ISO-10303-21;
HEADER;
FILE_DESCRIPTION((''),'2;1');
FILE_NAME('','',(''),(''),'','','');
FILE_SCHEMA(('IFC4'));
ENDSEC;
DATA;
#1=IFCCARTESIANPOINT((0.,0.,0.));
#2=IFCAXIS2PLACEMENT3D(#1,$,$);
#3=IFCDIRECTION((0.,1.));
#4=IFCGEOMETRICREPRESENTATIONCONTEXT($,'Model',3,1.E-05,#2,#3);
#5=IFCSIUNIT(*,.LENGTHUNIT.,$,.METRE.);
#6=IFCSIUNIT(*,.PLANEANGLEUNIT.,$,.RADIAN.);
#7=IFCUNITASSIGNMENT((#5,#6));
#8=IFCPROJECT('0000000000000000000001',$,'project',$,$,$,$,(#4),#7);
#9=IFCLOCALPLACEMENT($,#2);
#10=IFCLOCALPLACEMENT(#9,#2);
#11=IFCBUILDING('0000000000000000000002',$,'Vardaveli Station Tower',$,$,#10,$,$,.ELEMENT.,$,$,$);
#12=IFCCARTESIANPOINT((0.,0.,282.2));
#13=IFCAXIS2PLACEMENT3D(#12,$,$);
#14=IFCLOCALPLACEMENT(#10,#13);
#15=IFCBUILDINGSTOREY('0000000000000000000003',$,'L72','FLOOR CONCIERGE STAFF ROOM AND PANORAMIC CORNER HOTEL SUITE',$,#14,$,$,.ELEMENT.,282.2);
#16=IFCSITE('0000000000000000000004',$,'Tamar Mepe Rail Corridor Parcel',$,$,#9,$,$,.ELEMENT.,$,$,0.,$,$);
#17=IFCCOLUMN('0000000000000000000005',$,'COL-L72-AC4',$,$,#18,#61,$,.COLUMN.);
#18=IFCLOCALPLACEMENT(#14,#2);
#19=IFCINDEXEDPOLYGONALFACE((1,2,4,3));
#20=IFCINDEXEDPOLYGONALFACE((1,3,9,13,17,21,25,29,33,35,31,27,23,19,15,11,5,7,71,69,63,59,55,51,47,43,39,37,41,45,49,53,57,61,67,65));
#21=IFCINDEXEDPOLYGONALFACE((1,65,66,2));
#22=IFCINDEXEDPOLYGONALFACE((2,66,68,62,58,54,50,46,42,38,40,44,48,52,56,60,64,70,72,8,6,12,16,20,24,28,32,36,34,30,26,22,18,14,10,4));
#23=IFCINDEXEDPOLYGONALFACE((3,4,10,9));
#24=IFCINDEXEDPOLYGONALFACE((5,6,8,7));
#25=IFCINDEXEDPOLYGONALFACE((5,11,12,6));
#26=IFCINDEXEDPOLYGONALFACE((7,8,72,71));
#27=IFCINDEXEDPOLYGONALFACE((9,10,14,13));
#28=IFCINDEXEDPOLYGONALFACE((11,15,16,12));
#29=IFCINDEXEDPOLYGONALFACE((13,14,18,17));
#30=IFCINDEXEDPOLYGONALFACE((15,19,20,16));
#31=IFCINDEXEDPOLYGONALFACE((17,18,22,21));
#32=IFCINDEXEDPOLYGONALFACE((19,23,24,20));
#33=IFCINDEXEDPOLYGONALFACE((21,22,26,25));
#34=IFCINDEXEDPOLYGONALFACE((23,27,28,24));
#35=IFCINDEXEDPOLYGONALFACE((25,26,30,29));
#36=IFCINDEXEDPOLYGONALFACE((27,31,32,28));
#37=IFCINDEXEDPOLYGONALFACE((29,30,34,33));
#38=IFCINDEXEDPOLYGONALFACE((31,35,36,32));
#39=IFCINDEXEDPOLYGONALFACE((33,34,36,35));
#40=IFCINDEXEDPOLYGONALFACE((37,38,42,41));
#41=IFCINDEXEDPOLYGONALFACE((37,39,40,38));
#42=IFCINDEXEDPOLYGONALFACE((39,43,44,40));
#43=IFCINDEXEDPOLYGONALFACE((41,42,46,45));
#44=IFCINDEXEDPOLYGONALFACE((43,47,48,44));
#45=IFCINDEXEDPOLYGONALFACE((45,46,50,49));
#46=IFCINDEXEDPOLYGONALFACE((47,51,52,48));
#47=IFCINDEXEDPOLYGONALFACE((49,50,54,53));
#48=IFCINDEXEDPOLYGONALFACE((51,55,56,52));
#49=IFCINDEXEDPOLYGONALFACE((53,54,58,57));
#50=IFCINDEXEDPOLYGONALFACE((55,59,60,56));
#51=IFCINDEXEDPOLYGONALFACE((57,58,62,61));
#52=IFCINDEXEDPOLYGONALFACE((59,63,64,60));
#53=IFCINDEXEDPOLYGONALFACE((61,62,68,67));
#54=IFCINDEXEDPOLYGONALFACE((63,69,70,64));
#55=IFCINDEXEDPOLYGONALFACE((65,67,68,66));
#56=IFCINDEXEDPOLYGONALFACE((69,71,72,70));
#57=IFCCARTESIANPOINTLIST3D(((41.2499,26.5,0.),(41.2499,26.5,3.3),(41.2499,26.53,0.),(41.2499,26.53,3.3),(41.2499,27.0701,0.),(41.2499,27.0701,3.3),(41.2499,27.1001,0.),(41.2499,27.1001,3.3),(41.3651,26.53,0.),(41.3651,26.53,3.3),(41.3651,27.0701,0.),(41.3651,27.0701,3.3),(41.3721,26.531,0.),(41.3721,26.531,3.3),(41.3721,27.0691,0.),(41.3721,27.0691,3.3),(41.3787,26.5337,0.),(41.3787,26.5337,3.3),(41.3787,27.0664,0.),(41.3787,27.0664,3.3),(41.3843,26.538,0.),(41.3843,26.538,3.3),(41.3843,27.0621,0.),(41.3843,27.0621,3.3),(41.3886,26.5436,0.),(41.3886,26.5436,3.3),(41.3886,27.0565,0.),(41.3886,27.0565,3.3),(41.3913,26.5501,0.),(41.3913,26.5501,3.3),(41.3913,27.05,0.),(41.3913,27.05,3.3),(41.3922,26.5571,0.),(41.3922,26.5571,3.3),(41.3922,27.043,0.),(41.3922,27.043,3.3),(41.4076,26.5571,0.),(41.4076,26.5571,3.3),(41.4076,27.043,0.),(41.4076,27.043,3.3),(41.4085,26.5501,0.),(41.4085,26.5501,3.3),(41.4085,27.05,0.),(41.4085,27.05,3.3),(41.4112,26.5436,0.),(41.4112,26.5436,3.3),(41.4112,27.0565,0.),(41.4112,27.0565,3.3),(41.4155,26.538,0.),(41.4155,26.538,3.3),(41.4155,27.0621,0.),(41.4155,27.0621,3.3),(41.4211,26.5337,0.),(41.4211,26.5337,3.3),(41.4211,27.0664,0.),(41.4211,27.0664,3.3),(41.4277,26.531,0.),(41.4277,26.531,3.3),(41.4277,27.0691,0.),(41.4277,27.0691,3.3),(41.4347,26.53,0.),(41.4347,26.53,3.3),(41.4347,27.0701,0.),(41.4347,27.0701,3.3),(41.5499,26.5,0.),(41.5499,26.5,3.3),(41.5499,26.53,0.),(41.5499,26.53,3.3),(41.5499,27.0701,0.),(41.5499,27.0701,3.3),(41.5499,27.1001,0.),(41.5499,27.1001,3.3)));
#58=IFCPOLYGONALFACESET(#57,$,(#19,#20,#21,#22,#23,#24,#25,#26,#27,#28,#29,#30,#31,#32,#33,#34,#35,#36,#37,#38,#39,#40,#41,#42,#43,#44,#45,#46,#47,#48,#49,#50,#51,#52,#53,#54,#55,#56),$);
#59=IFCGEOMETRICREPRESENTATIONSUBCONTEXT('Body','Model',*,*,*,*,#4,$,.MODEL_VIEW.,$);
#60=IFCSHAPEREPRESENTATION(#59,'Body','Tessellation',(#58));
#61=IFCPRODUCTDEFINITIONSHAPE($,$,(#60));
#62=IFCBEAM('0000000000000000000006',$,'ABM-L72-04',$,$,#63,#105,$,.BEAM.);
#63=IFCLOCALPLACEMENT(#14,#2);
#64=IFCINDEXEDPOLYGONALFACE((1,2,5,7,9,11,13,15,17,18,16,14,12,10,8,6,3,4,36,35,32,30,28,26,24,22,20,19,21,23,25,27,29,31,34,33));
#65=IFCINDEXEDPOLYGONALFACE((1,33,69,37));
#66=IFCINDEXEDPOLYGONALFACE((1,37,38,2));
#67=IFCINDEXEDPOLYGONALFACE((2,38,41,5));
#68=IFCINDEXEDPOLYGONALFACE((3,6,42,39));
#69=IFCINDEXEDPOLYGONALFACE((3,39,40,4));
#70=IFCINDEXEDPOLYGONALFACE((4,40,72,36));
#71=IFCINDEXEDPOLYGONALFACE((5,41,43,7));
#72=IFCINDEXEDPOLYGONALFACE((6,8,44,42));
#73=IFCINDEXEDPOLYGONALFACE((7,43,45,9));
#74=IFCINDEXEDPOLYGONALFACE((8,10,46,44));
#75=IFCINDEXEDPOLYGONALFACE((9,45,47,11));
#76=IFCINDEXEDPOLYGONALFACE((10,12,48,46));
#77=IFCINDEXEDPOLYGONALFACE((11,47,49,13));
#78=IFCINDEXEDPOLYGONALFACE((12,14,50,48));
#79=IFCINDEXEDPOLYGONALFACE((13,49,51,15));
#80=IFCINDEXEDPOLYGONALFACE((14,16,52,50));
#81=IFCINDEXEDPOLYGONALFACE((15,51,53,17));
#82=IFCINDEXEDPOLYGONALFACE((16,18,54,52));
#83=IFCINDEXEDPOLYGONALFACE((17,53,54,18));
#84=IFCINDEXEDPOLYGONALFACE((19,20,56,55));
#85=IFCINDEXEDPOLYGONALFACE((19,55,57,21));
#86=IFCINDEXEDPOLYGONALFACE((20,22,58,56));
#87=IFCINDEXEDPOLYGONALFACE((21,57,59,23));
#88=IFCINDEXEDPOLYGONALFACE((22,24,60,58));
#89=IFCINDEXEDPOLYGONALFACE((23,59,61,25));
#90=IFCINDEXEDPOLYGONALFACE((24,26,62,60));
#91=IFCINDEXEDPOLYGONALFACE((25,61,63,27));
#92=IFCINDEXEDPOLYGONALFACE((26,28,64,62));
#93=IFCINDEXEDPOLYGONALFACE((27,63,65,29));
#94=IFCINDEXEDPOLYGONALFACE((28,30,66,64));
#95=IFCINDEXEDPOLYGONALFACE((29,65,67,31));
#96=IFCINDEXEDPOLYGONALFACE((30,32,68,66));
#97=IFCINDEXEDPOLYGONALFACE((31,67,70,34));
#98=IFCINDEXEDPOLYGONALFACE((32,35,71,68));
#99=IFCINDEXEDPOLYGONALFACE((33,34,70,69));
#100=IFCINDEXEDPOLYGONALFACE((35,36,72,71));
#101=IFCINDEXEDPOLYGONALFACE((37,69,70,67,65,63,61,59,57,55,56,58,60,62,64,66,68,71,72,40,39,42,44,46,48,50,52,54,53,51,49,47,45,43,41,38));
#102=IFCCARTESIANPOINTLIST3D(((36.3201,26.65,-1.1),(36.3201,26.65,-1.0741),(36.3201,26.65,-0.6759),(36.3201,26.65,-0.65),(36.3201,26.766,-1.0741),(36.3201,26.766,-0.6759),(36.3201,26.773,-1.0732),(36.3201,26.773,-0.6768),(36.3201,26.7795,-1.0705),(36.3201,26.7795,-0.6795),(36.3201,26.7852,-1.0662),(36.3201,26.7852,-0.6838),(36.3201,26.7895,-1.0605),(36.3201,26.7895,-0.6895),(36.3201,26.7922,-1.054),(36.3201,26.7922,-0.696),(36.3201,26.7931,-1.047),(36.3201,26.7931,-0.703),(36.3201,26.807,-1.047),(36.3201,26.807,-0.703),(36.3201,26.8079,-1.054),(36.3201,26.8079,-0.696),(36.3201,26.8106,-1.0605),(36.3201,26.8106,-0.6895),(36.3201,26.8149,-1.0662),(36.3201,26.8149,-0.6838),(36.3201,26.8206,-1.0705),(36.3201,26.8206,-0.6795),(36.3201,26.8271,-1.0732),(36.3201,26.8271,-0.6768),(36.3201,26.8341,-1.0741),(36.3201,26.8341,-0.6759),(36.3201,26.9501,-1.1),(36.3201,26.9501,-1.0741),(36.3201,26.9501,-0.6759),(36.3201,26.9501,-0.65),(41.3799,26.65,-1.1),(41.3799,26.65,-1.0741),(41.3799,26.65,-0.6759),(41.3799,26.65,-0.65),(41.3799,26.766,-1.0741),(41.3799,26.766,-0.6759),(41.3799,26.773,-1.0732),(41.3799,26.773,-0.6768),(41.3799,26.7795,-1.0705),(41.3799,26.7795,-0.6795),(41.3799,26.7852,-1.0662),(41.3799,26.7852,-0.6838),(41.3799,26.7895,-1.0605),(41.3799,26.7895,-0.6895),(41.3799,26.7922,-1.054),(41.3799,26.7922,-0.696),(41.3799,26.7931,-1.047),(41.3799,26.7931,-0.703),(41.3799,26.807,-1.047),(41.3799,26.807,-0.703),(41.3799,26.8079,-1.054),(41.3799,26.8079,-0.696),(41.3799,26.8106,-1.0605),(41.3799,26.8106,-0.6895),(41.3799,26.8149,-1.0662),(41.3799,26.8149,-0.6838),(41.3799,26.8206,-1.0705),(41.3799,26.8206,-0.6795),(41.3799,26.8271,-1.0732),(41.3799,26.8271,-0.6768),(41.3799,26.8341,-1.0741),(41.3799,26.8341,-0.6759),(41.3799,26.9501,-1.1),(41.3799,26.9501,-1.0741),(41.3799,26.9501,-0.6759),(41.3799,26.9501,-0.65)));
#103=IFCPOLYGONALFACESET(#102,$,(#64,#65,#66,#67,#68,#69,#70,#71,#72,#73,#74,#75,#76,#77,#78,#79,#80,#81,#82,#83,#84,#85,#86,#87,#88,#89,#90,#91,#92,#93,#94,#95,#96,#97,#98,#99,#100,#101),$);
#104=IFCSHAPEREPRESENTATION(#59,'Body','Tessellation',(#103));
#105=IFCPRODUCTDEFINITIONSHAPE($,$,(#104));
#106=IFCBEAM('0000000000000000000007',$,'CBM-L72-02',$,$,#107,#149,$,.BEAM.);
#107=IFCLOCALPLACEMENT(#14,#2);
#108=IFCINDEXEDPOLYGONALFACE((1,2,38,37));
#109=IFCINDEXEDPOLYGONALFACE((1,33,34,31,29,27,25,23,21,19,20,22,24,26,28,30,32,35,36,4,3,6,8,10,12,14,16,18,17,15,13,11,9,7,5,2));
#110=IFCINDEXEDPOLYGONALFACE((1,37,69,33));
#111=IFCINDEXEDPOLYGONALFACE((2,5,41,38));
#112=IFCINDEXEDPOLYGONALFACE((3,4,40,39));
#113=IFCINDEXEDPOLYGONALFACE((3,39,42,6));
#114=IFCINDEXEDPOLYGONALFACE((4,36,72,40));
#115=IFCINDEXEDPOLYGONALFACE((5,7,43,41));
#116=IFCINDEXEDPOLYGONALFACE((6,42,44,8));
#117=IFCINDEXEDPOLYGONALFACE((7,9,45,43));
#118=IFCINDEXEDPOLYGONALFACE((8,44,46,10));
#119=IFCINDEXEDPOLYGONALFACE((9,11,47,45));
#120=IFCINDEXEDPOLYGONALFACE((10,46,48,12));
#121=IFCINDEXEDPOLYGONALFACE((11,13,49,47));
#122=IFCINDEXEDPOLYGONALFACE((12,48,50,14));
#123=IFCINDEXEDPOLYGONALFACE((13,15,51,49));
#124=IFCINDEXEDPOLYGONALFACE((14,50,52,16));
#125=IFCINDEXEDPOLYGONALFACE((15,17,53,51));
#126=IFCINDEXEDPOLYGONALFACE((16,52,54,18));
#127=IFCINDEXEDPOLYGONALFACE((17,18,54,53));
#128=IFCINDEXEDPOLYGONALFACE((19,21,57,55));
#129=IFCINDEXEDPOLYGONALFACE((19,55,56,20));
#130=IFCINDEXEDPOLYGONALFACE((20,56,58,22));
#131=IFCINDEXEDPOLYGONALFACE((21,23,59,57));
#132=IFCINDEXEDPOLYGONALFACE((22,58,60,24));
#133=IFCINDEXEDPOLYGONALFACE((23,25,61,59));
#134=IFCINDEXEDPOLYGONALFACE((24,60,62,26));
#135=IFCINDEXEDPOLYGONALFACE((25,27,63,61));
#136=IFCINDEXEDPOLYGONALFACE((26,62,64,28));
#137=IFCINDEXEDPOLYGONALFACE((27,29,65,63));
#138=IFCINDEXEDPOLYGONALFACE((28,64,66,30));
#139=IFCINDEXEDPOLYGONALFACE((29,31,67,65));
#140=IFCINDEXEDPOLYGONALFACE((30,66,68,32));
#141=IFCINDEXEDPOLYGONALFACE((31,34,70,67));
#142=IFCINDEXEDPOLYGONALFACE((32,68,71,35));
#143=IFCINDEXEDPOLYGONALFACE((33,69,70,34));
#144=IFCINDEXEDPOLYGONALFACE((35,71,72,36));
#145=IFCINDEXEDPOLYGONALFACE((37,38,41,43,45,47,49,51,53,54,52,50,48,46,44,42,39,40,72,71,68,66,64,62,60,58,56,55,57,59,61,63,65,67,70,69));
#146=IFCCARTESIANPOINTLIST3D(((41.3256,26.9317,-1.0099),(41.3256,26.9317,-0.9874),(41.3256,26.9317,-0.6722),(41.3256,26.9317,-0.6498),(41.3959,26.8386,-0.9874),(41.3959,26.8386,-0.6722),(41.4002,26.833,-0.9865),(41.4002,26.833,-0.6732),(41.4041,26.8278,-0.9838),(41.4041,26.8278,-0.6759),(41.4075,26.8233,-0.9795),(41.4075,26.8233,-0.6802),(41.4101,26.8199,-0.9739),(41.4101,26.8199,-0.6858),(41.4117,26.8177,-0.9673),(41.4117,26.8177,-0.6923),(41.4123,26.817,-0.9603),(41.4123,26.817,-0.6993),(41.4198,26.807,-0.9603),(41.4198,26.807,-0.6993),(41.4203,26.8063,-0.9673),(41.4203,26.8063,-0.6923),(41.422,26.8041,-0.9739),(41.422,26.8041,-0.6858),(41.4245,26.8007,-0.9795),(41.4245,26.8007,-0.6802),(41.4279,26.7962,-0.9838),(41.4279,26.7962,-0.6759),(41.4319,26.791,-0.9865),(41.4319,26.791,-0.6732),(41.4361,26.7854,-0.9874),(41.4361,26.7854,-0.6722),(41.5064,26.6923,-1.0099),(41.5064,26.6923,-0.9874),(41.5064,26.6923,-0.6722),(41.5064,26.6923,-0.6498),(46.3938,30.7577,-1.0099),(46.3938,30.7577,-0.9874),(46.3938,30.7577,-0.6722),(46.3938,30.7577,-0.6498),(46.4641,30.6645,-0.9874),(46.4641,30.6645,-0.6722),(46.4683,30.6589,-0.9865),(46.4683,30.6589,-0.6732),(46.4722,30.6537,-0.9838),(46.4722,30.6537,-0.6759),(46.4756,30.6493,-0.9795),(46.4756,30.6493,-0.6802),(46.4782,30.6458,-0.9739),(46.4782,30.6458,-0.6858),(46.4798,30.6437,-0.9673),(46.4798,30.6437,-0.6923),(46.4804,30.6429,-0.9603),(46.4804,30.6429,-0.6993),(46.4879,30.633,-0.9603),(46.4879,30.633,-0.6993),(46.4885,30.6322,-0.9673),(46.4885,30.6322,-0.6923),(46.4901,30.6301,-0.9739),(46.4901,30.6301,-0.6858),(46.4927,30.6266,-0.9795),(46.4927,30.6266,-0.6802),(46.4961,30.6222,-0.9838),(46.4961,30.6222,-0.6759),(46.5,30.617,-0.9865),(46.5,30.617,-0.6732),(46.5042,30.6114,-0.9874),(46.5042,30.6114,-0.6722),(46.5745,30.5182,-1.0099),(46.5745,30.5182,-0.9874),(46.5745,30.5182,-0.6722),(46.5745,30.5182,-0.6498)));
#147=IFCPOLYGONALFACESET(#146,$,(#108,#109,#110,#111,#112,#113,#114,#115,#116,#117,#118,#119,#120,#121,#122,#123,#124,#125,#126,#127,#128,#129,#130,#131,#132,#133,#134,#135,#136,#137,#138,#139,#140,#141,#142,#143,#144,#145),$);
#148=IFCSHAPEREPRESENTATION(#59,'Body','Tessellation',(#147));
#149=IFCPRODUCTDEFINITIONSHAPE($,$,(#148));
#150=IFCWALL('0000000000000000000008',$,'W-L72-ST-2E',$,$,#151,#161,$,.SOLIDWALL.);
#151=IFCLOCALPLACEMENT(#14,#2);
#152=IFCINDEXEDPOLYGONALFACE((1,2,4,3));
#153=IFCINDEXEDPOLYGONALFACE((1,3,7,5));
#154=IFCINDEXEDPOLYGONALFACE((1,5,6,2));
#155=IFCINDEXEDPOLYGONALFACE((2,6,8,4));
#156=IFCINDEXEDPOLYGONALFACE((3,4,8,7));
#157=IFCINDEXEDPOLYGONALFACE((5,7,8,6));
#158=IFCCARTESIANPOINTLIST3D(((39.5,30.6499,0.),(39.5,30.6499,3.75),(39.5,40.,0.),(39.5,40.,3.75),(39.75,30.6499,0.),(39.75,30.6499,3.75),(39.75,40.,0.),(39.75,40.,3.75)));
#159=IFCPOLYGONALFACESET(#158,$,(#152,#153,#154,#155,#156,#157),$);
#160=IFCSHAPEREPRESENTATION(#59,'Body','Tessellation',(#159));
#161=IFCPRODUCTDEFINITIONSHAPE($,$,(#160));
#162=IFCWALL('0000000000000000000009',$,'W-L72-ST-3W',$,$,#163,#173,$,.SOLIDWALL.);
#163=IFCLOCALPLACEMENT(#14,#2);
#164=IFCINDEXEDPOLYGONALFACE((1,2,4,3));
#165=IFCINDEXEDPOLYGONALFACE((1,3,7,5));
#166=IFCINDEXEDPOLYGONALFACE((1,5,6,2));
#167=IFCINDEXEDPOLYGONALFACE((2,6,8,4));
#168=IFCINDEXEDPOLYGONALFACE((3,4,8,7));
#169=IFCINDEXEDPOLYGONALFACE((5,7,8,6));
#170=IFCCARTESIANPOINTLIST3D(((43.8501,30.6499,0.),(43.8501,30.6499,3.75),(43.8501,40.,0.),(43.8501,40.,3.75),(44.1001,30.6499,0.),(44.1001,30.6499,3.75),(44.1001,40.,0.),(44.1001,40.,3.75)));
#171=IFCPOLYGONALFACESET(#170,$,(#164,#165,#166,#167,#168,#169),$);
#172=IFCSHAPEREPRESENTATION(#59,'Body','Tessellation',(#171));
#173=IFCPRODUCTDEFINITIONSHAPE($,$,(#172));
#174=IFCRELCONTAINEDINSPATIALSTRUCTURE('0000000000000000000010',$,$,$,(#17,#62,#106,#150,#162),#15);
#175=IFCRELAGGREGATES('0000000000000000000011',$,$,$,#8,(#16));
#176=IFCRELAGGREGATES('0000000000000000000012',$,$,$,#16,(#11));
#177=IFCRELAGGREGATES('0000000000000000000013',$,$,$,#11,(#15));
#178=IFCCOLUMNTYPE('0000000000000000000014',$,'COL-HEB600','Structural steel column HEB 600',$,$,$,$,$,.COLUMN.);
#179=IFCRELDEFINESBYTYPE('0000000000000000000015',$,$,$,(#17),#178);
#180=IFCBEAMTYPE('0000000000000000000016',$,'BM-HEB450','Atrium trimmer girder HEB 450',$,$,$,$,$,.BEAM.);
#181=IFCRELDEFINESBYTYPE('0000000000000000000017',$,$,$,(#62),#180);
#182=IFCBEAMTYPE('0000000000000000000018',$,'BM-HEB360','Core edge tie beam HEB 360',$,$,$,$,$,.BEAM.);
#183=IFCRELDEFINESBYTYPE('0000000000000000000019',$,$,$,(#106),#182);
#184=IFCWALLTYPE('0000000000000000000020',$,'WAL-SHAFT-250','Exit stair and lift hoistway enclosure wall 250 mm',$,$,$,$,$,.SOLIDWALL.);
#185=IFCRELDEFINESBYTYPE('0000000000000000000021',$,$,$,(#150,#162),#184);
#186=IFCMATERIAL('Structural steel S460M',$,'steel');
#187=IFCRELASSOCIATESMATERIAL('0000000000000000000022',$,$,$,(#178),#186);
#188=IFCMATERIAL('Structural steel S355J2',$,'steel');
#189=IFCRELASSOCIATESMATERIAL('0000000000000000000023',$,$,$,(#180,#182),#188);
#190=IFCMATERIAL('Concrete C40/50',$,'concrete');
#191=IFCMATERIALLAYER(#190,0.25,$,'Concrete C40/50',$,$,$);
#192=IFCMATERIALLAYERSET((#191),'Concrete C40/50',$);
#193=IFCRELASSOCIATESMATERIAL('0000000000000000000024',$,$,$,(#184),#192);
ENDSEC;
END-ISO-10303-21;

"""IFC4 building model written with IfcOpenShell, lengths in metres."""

from ifc_helpers import new_model, si_unit, direction, frame, frame_2d, origin, origin_2d, place, context, subcontext, project, spatial, rectangle, i_section, extrude, source, transform, mapped, material, layer, layer_set, material_profile, profile_set, type_object, element, save


model = new_model("IFC4")

# Units and contexts
model_context = context("Model", 3, precision=1e-05, world=origin(), true_north=direction((0.0, 1.0)))
body_context = subcontext(model_context, "Body", "Model", "MODEL_VIEW")
ifc_project = project(units=[si_unit("LENGTHUNIT", "METRE"), si_unit("PLANEANGLEUNIT", "RADIAN")], contexts=[model_context])

# Site, building, storey
site_placement = place(None, origin())
site = spatial("IfcSite", under=ifc_project, at=site_placement, Name="Tamar Mepe Rail Corridor Parcel", CompositionType="ELEMENT", RefElevation=0.0)
building_placement = place(site_placement, origin())
building = spatial("IfcBuilding", under=site, at=building_placement, Name="Vardaveli Station Tower", CompositionType="ELEMENT")
storey_placement = place(building_placement, frame((0.0, 0.0, 282.2)))
storey = spatial("IfcBuildingStorey", under=building, at=storey_placement, Name="L72", Description="FLOOR CONCIERGE STAFF ROOM AND PANORAMIC CORNER HOTEL SUITE", CompositionType="ELEMENT", Elevation=282.2)

# Column
ifc_material_1 = material(Name="Structural steel S460M", Category="steel")
ifc_material_profile_1 = material_profile(ifc_material_1, i_section(OverallWidth=0.3, OverallDepth=0.6001, WebThickness=0.0154, FlangeThickness=0.03, FilletRadius=0.0271, at=origin_2d()), Name="HEB 600")
ifc_profile_set_1 = profile_set([ifc_material_profile_1], Name="Structural steel S460M")
column_type = type_object("IfcColumnType", Name="COL-HEB600", Description="Structural steel column HEB 600", PredefinedType="COLUMN", material=ifc_profile_set_1)
shared_shape_1 = source(origin(), body_context, "Body", "SweptSolid", [
    extrude(i_section(OverallWidth=0.3, OverallDepth=0.6001, WebThickness=0.0154, FlangeThickness=0.03, FilletRadius=0.0271, at=origin_2d()), origin(), (0.0, 0.0, 1.0), 3.3),
])
column_placement = place(storey_placement, frame((41.3999, 26.8, 0.0), z_axis=(0.0, 0.0, 1.0), x_axis=(1.0, 0.0, 0.0)))
element("IfcColumn", 1, at=column_placement, inside=storey, type_object=column_type, Name="COL-L72-AC4", PredefinedType="COLUMN", context=body_context, shape_type="MappedRepresentation", body=[
    mapped(shared_shape_1, transform((0.0, 0.0, 0.0), scale=1.0)),
])

# Beams
ifc_material_2 = material(Name="Structural steel S355J2", Category="steel")
ifc_material_profile_2 = material_profile(ifc_material_2, i_section(OverallWidth=0.3, OverallDepth=0.45, WebThickness=0.0139, FlangeThickness=0.0259, FilletRadius=0.0271, at=origin_2d()), Name="HEB 450")
ifc_profile_set_2 = profile_set([ifc_material_profile_2], Name="Structural steel S355J2")
beam_type_1 = type_object("IfcBeamType", Name="BM-HEB450", Description="Atrium trimmer girder HEB 450", PredefinedType="BEAM", material=ifc_profile_set_2)
shared_shape_2 = source(origin(), body_context, "Body", "SweptSolid", [
    extrude(i_section(OverallWidth=0.3, OverallDepth=0.45, WebThickness=0.0139, FlangeThickness=0.0259, FilletRadius=0.0271, at=origin_2d()), origin(), (0.0, 0.0, 1.0), 5.0598),
])
beam_1_placement = place(storey_placement, frame((41.3799, 26.8, -0.875), z_axis=(-1.0, 0.0, 0.0), x_axis=(0.0, -1.0, 0.0)))
element("IfcBeam", 2, at=beam_1_placement, inside=storey, type_object=beam_type_1, Name="ABM-L72-04", PredefinedType="BEAM", context=body_context, shape_type="MappedRepresentation", body=[
    mapped(shared_shape_2, transform((0.0, 0.0, 0.0), scale=1.0)),
])
ifc_material_profile_3 = material_profile(ifc_material_2, i_section(OverallWidth=0.3, OverallDepth=0.3601, WebThickness=0.0125, FlangeThickness=0.0225, FilletRadius=0.0271, at=origin_2d()), Name="HEB 360")
ifc_profile_set_3 = profile_set([ifc_material_profile_3], Name="Structural steel S355J2")
beam_type_2 = type_object("IfcBeamType", Name="BM-HEB360", Description="Core edge tie beam HEB 360", PredefinedType="BEAM", material=ifc_profile_set_3)
shared_shape_3 = source(origin(), body_context, "Body", "SweptSolid", [
    extrude(i_section(OverallWidth=0.3, OverallDepth=0.3601, WebThickness=0.0125, FlangeThickness=0.0225, FilletRadius=0.0271, at=origin_2d()), origin(), (0.0, 0.0, 1.0), 6.3501),
])
beam_2_placement = place(storey_placement, frame((41.416, 26.812, -0.8298), z_axis=(0.798118, 0.602501, 0.0), x_axis=(-0.602501, 0.798118, 0.0)))
element("IfcBeam", 3, at=beam_2_placement, inside=storey, type_object=beam_type_2, Name="CBM-L72-02", PredefinedType="BEAM", context=body_context, shape_type="MappedRepresentation", body=[
    mapped(shared_shape_3, transform((0.0, 0.0, 0.0), scale=1.0)),
])

# Walls
ifc_material_3 = material(Name="Concrete C40/50", Category="concrete")
ifc_layer_1 = layer(ifc_material_3, 0.25, Name="Concrete C40/50")
ifc_layer_set_1 = layer_set([ifc_layer_1], Name="Concrete C40/50")
wall_type_1 = type_object("IfcWallType", Name="WAL-SHAFT-250", Description="Exit stair and lift hoistway enclosure wall 250 mm", PredefinedType="SOLIDWALL", material=ifc_layer_set_1)
shared_shape_4 = source(origin(), body_context, "Body", "SweptSolid", [
    extrude(rectangle(XDim=9.3501, YDim=0.25, at=frame_2d((4.675, 0.0))), origin(), (0.0, 0.0, 1.0), 3.75),
])
for number, where, z_axis, x_axis, name in (
    (4, (39.625, 30.6499, 0.0), (0.0, 0.0, 1.0), (0.0, 1.0, 0.0), "W-L72-ST-2E"),
    (5, (43.9751, 30.6499, 0.0), (0.0, 0.0, 1.0), (0.0, 1.0, 0.0), "W-L72-ST-3W"),
):
    element("IfcWall", number, at=place(storey_placement, frame(where, z_axis=z_axis, x_axis=x_axis)), inside=storey, type_object=wall_type_1, Name=name, PredefinedType="SOLIDWALL", context=body_context, shape_type="MappedRepresentation", body=[
        mapped(shared_shape_4, transform((0.0, 0.0, 0.0), scale=1.0)),
    ])

save(model, "model.ifc")
